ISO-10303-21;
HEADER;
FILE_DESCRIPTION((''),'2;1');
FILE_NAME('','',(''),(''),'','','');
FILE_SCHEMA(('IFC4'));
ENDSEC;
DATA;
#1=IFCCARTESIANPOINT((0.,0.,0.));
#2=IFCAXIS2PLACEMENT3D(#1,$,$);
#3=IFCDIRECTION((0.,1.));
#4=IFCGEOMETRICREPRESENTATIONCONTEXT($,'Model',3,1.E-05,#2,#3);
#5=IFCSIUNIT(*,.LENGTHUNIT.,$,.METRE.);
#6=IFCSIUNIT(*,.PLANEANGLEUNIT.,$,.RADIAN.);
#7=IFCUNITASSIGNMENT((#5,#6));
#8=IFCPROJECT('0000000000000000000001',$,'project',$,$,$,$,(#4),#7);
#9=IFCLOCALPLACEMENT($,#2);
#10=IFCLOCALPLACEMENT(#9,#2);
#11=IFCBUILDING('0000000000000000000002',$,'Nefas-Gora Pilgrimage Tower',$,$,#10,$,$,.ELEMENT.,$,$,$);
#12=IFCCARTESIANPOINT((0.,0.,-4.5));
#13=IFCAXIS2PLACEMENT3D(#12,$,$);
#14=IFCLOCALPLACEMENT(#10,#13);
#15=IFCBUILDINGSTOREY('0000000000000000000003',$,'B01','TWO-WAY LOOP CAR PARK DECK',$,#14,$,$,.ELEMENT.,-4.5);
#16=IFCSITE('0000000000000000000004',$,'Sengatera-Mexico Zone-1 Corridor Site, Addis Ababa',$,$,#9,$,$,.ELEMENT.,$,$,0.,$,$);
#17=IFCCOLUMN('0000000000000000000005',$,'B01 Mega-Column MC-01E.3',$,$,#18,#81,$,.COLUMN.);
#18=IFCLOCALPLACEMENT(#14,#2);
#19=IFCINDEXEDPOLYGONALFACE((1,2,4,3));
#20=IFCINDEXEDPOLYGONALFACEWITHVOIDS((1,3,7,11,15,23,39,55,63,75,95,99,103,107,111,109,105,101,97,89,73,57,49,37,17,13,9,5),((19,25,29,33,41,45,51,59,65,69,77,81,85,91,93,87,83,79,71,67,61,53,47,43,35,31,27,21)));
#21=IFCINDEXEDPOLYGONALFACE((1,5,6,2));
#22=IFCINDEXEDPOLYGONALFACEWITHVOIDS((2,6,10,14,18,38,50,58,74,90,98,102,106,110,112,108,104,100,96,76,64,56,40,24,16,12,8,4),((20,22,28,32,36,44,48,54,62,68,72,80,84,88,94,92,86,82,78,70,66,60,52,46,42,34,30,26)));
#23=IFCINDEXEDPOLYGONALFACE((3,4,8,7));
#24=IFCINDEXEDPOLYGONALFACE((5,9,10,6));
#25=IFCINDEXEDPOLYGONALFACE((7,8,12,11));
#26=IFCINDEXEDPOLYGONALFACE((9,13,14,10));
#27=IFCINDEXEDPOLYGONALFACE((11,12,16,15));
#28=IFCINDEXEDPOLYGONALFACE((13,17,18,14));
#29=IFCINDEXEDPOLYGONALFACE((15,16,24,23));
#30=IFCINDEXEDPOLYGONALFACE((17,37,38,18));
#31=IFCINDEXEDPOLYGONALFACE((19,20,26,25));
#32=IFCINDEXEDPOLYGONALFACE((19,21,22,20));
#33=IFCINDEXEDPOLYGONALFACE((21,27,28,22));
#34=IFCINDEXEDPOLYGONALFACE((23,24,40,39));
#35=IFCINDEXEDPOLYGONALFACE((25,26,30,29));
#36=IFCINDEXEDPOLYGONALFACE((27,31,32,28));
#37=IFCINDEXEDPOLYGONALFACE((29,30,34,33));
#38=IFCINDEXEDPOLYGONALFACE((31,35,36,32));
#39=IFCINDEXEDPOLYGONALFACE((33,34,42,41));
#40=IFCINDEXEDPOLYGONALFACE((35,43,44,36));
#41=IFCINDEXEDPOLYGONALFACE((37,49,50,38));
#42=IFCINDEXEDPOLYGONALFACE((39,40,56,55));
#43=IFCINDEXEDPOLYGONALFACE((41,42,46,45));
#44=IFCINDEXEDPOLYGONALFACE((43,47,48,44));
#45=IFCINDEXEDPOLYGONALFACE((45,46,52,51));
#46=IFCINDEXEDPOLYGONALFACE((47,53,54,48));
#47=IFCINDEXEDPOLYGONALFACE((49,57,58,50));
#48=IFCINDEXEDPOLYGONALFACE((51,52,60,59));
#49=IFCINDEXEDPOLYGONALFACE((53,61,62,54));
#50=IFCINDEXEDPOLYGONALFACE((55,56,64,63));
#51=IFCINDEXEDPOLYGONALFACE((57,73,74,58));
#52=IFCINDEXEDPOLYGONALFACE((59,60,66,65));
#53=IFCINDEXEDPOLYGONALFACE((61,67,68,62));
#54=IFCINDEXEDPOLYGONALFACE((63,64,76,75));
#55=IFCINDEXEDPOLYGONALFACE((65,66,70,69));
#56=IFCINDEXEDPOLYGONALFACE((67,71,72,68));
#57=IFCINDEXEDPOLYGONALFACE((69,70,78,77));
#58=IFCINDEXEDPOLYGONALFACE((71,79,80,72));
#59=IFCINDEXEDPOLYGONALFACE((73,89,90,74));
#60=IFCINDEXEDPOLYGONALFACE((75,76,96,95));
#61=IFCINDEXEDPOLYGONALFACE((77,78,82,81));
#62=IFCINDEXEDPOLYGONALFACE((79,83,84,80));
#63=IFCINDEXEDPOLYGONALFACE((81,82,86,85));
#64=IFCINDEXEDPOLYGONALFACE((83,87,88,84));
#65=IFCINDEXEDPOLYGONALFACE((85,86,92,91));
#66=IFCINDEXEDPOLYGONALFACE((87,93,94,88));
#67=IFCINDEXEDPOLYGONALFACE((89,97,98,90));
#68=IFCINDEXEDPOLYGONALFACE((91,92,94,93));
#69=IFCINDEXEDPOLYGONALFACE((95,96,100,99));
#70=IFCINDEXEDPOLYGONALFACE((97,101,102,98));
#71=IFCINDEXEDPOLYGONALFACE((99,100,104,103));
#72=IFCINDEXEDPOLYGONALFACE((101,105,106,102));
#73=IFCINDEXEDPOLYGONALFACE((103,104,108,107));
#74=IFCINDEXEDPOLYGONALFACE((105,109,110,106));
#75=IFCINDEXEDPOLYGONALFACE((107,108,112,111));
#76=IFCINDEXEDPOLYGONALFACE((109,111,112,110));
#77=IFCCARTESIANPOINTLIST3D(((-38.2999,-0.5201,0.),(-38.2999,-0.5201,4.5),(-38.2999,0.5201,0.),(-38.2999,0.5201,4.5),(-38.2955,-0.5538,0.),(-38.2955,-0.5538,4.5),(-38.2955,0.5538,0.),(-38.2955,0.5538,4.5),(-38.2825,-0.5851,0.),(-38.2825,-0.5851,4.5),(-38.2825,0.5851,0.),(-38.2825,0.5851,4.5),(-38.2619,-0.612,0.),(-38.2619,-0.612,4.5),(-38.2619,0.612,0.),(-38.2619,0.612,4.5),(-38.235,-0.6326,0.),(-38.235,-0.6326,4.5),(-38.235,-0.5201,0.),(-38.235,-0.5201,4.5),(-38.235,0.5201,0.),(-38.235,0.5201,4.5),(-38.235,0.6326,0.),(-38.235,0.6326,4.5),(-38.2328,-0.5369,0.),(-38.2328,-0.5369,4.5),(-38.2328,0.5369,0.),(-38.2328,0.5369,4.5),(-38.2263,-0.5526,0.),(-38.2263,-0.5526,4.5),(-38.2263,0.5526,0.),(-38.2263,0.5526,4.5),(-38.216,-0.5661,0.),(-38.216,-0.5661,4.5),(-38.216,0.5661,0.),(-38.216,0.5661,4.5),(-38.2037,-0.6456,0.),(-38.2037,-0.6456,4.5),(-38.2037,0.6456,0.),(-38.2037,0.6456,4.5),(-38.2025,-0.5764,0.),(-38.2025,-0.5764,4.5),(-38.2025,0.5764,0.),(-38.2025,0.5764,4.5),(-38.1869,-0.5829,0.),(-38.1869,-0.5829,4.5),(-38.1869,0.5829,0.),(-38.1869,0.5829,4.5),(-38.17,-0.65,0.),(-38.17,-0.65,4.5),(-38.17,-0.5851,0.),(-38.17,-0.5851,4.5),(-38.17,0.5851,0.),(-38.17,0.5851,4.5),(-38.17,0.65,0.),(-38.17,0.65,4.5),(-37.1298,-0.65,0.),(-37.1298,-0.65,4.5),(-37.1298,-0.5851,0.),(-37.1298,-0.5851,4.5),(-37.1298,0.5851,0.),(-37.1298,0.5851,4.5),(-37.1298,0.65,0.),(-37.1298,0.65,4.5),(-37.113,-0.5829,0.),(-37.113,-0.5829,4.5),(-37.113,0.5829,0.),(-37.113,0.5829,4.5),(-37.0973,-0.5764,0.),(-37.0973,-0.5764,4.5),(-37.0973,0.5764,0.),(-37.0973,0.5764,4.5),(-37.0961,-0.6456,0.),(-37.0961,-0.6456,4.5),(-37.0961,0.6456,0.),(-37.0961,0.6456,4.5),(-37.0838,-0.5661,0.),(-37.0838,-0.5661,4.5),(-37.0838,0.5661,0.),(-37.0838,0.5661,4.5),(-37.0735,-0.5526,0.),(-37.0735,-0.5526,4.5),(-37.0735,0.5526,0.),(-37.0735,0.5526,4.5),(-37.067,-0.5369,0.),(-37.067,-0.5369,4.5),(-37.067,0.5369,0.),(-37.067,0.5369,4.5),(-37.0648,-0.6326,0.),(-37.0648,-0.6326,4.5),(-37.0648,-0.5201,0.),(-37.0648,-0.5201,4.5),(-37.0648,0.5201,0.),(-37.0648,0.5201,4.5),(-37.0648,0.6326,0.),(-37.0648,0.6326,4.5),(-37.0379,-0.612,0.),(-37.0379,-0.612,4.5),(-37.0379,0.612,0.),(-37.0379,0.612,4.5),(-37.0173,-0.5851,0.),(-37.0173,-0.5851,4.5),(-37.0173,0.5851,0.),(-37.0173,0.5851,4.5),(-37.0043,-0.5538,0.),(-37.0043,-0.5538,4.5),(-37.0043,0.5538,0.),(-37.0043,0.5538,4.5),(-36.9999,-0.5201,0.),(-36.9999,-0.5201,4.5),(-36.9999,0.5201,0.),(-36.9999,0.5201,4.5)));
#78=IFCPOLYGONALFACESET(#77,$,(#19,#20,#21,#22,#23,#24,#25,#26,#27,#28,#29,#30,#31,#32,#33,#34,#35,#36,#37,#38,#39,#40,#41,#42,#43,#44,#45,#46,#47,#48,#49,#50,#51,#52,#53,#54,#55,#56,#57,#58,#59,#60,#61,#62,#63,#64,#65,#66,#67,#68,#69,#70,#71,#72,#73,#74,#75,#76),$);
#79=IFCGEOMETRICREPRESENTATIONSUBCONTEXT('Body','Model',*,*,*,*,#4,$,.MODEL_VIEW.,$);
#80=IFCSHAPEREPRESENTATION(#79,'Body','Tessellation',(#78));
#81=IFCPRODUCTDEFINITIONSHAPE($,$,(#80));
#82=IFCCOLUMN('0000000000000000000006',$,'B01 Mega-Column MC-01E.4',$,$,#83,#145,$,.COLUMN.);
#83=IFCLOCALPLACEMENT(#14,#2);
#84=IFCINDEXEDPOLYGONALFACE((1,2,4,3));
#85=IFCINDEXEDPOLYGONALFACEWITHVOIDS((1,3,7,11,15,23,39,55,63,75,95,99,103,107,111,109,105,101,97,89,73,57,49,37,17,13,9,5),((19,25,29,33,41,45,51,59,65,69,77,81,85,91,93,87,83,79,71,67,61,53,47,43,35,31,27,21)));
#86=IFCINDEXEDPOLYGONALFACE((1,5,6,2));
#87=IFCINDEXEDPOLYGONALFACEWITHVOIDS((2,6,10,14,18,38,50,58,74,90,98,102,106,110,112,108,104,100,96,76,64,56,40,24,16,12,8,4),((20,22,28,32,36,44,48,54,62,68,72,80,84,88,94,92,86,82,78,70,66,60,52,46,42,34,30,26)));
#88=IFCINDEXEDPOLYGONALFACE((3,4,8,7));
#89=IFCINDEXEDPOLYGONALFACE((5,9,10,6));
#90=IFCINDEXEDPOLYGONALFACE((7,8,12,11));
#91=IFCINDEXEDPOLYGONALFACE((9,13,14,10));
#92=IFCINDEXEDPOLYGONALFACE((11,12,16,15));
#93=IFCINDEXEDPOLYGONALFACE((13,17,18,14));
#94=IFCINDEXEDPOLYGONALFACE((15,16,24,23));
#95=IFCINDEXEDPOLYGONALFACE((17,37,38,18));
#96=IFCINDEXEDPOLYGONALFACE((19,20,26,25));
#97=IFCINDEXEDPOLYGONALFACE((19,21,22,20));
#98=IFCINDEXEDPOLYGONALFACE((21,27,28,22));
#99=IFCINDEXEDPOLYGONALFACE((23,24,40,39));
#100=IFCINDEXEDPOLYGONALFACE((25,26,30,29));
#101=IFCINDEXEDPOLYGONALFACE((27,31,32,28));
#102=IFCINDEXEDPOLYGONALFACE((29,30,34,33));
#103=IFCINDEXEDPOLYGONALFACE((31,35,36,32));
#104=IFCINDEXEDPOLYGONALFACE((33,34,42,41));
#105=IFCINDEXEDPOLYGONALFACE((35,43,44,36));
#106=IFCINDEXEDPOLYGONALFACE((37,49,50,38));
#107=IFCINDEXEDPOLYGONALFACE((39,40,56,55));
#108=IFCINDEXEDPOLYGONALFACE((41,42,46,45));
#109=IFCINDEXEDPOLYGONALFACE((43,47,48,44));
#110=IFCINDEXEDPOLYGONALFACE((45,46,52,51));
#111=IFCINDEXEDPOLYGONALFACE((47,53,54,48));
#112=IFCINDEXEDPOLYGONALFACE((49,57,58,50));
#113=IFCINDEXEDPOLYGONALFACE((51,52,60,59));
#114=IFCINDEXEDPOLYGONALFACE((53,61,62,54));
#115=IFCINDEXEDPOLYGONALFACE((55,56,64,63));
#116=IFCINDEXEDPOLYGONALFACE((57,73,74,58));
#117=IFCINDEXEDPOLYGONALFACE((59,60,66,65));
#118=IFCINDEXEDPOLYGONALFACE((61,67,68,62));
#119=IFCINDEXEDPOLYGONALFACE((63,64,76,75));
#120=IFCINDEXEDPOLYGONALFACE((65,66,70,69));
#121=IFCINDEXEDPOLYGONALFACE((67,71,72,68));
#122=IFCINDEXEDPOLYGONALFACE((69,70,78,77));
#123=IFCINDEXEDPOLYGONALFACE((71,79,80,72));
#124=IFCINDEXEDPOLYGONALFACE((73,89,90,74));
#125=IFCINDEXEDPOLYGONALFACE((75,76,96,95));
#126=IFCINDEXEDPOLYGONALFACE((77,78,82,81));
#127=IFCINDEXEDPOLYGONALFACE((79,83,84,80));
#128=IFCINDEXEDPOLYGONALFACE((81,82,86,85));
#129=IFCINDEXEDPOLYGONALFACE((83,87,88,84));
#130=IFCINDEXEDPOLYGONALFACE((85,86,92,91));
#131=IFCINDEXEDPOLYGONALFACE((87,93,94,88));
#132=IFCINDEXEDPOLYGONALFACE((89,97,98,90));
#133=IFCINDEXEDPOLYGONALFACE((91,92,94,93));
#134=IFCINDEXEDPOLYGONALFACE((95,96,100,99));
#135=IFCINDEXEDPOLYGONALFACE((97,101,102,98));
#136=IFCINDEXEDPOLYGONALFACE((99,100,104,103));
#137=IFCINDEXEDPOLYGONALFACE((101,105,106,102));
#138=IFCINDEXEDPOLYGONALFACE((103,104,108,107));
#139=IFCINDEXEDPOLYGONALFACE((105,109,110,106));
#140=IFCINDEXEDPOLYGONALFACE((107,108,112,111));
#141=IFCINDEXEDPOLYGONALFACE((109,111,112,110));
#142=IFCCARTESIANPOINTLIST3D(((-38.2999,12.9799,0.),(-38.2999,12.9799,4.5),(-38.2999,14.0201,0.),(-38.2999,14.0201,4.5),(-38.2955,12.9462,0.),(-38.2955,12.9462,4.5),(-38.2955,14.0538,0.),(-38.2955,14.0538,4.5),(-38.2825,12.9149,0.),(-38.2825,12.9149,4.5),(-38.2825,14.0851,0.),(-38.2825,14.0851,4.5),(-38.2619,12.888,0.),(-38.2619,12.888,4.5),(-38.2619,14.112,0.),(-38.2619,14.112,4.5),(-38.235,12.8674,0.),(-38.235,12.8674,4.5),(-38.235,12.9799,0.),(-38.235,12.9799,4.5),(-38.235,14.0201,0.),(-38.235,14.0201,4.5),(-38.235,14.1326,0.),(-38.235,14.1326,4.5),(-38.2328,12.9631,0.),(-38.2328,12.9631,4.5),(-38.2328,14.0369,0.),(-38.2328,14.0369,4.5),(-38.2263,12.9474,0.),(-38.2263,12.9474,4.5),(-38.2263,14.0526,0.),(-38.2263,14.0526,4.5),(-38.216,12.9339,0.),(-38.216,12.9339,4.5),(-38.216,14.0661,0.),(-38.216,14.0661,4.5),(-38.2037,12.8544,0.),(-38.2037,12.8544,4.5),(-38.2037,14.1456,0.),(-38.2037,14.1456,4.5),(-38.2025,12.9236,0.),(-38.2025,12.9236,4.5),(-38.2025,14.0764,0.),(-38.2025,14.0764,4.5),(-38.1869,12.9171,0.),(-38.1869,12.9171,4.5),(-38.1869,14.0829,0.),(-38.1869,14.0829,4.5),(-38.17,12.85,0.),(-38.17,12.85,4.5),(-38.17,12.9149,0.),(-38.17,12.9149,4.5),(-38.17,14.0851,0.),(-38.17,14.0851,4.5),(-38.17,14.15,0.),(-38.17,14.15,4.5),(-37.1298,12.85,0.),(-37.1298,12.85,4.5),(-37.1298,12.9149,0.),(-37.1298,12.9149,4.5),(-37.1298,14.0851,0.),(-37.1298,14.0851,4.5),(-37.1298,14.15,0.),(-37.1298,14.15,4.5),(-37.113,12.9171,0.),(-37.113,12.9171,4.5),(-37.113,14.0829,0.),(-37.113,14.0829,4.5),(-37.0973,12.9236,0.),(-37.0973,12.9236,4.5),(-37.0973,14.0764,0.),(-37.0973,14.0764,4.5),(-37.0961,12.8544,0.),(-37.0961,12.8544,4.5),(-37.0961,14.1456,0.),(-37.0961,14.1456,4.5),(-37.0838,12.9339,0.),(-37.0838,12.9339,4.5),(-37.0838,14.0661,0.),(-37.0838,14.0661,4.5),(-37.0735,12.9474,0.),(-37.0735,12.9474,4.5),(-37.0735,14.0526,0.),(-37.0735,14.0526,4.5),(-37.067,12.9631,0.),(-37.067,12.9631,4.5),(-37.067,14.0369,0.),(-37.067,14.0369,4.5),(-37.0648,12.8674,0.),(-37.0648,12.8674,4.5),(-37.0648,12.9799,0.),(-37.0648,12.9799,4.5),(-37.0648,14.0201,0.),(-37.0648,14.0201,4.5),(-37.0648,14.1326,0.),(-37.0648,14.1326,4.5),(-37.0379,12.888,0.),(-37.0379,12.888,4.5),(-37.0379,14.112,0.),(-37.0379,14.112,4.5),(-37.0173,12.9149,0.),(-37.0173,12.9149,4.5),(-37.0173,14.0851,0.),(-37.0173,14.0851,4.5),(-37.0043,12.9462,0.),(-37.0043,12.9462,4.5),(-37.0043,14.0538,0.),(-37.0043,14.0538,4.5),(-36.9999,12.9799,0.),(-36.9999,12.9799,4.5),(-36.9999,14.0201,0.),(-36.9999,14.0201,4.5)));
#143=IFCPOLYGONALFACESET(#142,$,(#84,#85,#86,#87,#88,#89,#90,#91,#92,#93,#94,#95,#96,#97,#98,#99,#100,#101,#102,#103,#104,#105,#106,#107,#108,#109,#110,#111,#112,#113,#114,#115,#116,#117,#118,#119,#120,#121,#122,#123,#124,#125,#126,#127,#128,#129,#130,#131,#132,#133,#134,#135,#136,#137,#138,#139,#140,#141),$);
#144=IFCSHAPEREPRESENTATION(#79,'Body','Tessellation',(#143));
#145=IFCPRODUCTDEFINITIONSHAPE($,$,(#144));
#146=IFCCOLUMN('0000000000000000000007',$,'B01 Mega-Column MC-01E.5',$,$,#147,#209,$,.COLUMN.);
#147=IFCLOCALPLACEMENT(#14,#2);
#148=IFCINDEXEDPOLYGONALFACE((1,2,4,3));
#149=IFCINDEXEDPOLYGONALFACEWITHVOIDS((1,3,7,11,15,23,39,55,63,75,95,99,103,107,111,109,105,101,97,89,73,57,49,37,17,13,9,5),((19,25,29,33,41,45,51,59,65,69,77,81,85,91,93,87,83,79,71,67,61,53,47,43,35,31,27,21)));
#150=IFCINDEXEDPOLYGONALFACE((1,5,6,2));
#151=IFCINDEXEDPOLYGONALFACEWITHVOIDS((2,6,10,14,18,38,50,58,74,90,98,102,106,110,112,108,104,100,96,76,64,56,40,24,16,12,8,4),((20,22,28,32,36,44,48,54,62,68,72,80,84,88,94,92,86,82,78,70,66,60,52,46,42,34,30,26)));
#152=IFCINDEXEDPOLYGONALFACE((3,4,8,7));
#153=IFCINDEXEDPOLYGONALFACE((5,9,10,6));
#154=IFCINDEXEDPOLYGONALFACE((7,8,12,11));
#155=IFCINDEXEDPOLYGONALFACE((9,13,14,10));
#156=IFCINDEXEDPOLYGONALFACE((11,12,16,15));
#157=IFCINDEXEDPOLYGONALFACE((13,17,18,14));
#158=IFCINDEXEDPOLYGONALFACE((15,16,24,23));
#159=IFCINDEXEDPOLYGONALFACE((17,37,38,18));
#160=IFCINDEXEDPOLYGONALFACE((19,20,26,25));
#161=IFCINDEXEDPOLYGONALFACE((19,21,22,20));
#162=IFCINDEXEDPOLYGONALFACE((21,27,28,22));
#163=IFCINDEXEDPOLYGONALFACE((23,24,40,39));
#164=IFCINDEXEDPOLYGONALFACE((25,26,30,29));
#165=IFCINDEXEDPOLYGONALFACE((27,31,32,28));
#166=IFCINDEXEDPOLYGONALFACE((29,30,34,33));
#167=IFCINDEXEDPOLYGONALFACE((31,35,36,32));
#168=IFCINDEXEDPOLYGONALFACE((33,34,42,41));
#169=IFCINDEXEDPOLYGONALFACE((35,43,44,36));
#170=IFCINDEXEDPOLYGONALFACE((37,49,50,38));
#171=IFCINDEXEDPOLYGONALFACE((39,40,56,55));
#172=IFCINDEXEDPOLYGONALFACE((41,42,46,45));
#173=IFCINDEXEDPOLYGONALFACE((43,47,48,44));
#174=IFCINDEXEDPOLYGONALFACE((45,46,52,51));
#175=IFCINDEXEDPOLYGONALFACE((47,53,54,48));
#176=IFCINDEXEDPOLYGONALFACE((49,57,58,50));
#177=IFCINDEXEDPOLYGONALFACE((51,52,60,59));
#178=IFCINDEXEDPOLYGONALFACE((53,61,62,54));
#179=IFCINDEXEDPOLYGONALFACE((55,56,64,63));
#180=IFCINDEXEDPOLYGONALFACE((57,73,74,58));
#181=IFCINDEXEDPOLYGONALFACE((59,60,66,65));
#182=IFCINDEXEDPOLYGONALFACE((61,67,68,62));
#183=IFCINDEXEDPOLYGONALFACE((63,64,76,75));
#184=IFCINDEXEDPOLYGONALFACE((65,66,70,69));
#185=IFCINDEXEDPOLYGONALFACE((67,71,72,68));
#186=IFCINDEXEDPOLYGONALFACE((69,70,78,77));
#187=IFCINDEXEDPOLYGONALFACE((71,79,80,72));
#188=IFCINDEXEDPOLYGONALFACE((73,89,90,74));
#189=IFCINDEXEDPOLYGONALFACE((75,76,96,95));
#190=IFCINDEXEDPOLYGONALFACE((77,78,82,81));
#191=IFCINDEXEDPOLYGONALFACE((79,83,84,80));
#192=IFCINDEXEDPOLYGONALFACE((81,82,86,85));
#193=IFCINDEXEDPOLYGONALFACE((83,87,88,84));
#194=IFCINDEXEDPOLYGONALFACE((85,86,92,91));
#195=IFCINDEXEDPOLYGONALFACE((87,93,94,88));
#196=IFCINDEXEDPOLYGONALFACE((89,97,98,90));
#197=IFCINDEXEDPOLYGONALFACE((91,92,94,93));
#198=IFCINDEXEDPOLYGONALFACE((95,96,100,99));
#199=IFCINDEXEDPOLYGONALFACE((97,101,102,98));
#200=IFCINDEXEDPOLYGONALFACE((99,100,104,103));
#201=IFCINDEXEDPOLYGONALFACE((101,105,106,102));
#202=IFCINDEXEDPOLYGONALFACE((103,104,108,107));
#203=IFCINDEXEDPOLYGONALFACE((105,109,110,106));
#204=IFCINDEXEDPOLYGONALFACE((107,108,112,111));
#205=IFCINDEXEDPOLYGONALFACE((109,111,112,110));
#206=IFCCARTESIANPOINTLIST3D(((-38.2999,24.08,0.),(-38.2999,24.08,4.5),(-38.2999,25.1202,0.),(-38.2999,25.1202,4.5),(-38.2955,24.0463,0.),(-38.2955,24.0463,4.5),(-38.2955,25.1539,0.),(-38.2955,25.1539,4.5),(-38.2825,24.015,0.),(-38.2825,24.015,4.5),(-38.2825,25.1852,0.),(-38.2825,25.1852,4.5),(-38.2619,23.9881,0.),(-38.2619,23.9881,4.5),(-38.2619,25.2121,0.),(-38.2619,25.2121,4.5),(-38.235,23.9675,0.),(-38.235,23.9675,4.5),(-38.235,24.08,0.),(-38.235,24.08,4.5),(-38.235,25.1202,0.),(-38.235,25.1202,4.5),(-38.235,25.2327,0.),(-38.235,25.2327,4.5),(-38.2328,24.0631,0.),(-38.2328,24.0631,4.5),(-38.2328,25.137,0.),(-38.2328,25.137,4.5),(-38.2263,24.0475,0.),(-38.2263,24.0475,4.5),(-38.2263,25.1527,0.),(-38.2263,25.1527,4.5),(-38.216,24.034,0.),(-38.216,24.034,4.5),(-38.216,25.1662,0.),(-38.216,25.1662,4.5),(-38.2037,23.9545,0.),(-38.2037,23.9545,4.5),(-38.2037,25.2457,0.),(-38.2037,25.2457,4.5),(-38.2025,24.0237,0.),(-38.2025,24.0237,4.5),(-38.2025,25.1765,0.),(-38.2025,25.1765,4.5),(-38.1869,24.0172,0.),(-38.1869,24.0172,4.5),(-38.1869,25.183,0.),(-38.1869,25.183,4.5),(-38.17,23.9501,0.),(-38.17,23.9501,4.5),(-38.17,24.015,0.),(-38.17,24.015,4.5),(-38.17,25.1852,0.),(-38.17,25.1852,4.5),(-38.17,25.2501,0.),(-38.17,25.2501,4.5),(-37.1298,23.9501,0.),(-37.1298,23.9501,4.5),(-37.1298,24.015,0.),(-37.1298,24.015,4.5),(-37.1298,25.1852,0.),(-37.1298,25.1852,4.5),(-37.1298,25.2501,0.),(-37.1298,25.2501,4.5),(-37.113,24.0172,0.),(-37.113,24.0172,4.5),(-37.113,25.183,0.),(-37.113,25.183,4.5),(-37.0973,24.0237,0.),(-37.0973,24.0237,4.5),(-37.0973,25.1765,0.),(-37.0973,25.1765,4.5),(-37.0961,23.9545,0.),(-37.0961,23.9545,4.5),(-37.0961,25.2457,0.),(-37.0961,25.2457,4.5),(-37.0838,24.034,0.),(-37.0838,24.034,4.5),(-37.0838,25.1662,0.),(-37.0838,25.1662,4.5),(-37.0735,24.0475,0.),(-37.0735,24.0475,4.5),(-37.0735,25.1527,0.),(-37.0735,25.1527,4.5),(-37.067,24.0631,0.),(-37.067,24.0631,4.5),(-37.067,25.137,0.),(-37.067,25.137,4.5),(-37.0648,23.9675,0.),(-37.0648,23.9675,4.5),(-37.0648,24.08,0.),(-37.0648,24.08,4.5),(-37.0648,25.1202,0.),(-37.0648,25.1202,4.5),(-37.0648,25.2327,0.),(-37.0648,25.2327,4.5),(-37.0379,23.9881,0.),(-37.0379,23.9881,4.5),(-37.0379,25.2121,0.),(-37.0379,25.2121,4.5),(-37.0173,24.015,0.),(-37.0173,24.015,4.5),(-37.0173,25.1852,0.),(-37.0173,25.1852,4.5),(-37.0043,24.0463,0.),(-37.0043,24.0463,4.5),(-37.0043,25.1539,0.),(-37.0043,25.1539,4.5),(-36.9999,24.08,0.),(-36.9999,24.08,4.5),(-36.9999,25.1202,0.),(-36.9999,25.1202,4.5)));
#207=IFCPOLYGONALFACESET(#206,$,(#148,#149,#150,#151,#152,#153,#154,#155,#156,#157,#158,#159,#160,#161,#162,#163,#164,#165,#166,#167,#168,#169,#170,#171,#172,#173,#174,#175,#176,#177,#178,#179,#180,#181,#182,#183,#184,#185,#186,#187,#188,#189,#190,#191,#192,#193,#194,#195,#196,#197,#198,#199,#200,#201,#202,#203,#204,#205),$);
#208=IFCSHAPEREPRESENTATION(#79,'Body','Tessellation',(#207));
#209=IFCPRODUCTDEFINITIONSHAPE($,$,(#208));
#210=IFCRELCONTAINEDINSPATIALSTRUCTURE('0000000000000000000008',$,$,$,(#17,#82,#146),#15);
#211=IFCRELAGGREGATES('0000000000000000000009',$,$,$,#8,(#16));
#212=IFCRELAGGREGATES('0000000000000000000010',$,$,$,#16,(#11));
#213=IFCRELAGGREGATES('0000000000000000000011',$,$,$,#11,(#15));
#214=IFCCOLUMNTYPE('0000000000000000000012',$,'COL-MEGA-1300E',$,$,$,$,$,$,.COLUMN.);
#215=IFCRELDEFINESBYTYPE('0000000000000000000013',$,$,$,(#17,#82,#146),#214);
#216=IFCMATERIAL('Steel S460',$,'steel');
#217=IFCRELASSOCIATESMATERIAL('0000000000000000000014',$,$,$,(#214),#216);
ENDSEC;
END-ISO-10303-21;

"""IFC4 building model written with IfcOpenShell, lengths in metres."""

from ifc_helpers import new_model, si_unit, direction, frame, origin, origin_2d, place, context, subcontext, project, spatial, hollow_rectangle, extrude, source, transform, mapped, material, material_profile, profile_set, type_object, element, save


model = new_model("IFC4")

# Units and contexts
model_context = context("Model", 3, precision=1e-05, world=origin(), true_north=direction((0.0, 1.0)))
body_context = subcontext(model_context, "Body", "Model", "MODEL_VIEW")
ifc_project = project(units=[si_unit("LENGTHUNIT", "METRE"), si_unit("PLANEANGLEUNIT", "RADIAN")], contexts=[model_context])

# Site, building, storey
site_placement = place(None, origin())
site = spatial("IfcSite", under=ifc_project, at=site_placement, Name="Sengatera-Mexico Zone-1 Corridor Site, Addis Ababa", CompositionType="ELEMENT", RefElevation=0.0)
building_placement = place(site_placement, origin())
building = spatial("IfcBuilding", under=site, at=building_placement, Name="Nefas-Gora Pilgrimage Tower", CompositionType="ELEMENT")
storey_placement = place(building_placement, frame((0.0, 0.0, -4.5)))
storey = spatial("IfcBuildingStorey", under=building, at=storey_placement, Name="B01", Description="TWO-WAY LOOP CAR PARK DECK", CompositionType="ELEMENT", Elevation=-4.5)

# Columns
ifc_material_1 = material(Name="Steel S460", Category="steel")
ifc_material_profile_1 = material_profile(ifc_material_1, hollow_rectangle(XDim=1.3, YDim=1.3, WallThickness=0.0649, InnerFilletRadius=0.0649, OuterFilletRadius=0.1299, at=origin_2d()), Name="BOX 1300x1300x65")
ifc_profile_set_1 = profile_set([ifc_material_profile_1], Name="Steel S460")
column_type_1 = type_object("IfcColumnType", Name="COL-MEGA-1300E", PredefinedType="COLUMN", material=ifc_profile_set_1)
shared_shape_1 = source(origin(), body_context, "Body", "SweptSolid", [
    extrude(hollow_rectangle(XDim=1.3, YDim=1.3, WallThickness=0.0649, InnerFilletRadius=0.0649, OuterFilletRadius=0.1299, at=origin_2d()), origin(), (0.0, 0.0, 1.0), 4.5),
])
for number, where, z_axis, x_axis, name in (
    (1, (-37.6499, 0.0, 0.0), (0.0, 0.0, 1.0), (1.0, 0.0, 0.0), "B01 Mega-Column MC-01E.3"),
    (2, (-37.6499, 13.5, 0.0), (0.0, 0.0, 1.0), (1.0, 0.0, 0.0), "B01 Mega-Column MC-01E.4"),
    (3, (-37.6499, 24.6001, 0.0), (0.0, 0.0, 1.0), (1.0, 0.0, 0.0), "B01 Mega-Column MC-01E.5"),
):
    element("IfcColumn", number, at=place(storey_placement, frame(where, z_axis=z_axis, x_axis=x_axis)), inside=storey, type_object=column_type_1, Name=name, PredefinedType="COLUMN", context=body_context, shape_type="MappedRepresentation", body=[
        mapped(shared_shape_1, transform((0.0, 0.0, 0.0), x_axis=(1.0, 0.0, 0.0), y_axis=(0.0, 1.0, 0.0), z_axis=(0.0, 0.0, 1.0), scale=1.0)),
    ])

save(model, "model.ifc")
